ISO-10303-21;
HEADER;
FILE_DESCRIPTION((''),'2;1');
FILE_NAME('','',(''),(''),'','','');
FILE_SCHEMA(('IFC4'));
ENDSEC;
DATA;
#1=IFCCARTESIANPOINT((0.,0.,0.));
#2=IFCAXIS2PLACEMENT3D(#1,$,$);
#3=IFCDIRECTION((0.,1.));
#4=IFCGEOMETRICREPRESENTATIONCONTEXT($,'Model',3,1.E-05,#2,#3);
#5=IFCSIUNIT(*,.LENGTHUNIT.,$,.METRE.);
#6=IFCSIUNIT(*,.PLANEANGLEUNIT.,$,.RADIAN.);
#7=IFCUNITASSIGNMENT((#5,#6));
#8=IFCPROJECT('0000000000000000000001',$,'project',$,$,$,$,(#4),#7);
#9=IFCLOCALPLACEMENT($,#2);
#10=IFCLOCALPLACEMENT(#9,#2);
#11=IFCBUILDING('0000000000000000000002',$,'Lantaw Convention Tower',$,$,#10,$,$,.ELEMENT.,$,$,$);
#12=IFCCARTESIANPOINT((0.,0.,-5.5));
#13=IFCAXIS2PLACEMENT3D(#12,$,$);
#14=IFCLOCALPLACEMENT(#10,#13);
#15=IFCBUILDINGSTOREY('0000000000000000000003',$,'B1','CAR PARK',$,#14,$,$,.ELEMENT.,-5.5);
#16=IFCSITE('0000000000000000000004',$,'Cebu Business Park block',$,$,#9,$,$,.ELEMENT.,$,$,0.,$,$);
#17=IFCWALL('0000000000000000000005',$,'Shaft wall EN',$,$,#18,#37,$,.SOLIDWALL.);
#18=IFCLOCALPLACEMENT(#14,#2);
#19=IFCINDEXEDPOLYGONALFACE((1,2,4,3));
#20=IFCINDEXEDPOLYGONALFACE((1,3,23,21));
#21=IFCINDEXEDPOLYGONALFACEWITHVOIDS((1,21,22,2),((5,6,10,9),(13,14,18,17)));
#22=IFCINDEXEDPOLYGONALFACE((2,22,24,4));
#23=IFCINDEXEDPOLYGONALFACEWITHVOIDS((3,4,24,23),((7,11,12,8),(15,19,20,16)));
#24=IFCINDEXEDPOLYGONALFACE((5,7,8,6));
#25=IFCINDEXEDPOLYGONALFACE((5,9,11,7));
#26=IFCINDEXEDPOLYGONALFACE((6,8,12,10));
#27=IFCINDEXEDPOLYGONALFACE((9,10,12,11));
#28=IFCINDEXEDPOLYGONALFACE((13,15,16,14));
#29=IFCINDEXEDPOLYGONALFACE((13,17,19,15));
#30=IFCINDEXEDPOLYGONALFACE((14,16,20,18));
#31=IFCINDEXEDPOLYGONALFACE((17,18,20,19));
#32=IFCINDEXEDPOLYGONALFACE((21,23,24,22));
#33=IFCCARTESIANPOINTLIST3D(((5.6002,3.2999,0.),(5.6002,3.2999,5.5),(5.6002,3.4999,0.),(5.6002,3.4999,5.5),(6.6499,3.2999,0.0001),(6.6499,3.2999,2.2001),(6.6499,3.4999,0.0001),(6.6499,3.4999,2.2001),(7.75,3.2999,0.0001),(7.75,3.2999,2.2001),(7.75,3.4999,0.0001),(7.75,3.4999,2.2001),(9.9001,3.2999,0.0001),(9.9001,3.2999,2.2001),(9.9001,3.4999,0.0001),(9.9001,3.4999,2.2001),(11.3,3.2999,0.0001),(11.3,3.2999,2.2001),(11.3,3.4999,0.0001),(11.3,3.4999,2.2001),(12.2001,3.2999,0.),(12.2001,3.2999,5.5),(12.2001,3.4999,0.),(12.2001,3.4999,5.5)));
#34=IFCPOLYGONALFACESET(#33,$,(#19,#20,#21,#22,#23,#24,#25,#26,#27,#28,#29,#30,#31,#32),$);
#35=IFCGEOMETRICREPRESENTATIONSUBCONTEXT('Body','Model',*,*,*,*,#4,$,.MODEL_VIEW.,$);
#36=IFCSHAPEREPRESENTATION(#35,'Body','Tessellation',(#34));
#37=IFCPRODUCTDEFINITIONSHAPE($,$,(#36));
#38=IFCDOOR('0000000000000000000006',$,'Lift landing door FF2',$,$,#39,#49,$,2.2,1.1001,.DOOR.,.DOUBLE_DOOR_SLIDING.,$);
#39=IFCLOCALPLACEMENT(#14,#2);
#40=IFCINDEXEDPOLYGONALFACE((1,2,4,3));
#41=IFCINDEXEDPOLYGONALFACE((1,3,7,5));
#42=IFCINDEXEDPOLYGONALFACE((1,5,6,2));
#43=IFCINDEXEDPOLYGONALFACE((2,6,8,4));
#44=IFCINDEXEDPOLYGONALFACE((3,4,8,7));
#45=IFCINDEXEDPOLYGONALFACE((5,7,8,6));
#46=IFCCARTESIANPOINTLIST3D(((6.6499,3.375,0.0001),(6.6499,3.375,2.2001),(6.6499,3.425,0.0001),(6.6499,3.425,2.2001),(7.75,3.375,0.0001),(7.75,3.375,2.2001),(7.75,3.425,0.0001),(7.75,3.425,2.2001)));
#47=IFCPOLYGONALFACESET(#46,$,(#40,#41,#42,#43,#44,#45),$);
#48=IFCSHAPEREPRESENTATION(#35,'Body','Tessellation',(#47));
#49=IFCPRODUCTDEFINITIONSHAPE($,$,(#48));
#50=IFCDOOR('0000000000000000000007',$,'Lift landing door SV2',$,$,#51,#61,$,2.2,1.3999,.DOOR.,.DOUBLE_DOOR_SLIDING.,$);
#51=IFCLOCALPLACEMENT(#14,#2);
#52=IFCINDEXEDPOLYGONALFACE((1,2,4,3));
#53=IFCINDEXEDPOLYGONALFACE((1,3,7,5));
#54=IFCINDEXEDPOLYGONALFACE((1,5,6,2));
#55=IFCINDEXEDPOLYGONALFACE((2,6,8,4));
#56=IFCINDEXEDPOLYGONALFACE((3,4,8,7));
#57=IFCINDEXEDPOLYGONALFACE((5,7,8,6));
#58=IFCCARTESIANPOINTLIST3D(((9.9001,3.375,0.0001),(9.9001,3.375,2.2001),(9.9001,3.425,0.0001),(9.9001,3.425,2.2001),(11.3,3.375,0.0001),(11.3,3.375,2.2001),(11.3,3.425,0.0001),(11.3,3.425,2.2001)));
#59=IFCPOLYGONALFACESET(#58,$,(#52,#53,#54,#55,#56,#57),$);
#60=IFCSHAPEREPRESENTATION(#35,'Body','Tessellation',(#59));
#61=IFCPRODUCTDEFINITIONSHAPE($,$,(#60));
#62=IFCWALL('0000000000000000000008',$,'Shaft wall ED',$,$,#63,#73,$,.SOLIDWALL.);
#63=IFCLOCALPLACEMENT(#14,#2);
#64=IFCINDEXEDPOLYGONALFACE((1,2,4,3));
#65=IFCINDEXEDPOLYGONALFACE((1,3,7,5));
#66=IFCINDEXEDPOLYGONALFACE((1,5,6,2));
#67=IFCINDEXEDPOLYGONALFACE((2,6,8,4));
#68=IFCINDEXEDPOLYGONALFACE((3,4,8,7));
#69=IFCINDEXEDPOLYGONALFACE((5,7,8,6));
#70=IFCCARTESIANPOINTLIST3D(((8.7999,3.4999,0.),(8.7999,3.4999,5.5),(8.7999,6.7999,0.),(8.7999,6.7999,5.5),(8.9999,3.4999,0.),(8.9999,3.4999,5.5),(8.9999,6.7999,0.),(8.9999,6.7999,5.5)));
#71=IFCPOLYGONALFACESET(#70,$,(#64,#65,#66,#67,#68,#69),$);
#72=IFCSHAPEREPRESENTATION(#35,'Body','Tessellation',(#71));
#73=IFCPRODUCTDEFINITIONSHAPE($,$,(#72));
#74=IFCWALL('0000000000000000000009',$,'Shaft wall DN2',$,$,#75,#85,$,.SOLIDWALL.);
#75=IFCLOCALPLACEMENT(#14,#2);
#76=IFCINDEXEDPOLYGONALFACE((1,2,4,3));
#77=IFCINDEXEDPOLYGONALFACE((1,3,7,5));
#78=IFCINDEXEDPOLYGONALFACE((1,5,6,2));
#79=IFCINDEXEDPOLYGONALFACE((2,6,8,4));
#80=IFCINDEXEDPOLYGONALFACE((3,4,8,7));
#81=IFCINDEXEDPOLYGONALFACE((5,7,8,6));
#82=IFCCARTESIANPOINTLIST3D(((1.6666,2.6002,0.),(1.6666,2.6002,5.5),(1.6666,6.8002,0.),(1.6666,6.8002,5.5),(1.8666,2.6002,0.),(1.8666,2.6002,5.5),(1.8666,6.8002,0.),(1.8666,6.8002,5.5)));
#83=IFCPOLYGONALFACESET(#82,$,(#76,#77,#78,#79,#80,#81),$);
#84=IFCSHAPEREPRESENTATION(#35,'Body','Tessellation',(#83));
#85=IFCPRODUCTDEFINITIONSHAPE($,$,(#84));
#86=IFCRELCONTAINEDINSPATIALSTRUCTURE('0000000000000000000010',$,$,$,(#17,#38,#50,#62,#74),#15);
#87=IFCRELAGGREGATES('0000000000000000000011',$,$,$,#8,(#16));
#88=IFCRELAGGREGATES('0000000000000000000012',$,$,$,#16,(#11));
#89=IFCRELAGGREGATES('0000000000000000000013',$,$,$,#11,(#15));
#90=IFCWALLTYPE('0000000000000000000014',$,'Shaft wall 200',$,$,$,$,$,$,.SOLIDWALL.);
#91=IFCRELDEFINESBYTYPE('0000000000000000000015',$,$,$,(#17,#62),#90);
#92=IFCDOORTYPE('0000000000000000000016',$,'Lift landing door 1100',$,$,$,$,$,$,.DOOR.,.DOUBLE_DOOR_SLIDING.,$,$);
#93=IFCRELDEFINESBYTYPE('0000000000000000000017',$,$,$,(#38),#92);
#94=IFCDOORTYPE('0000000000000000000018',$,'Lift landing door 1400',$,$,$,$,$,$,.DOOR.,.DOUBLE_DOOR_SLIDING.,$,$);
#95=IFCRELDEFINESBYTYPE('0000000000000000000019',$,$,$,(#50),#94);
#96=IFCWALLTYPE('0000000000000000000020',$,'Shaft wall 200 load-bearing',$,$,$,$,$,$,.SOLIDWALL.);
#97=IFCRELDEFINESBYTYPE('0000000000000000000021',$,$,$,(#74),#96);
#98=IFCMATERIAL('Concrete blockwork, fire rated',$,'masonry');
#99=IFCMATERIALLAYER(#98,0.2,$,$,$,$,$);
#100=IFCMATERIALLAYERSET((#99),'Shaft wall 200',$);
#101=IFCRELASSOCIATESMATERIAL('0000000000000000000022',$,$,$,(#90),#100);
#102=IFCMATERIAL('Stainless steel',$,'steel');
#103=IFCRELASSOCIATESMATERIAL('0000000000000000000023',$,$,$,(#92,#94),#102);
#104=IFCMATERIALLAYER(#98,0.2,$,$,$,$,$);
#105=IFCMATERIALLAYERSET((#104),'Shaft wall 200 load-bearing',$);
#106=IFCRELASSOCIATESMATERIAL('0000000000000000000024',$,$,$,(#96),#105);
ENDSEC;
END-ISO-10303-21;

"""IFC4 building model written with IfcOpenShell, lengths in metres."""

from ifc_helpers import new_model, si_unit, direction, frame, frame_2d, origin, place, context, subcontext, project, spatial, rectangle, extrude, material, layer, layer_set, type_object, element, fill, save


model = new_model("IFC4")

# Units and contexts
model_context = context("Model", 3, precision=1e-05, world=origin(), true_north=direction((0.0, 1.0)))
body_context = subcontext(model_context, "Body", "Model", "MODEL_VIEW")
ifc_project = project(units=[si_unit("LENGTHUNIT", "METRE"), si_unit("PLANEANGLEUNIT", "RADIAN")], contexts=[model_context])

# Site, building, storey
site_placement = place(None, origin())
site = spatial("IfcSite", under=ifc_project, at=site_placement, Name="Cebu Business Park block", CompositionType="ELEMENT", RefElevation=0.0)
building_placement = place(site_placement, origin())
building = spatial("IfcBuilding", under=site, at=building_placement, Name="Lantaw Convention Tower", CompositionType="ELEMENT")
storey_placement = place(building_placement, frame((0.0, 0.0, -5.5)))
storey = spatial("IfcBuildingStorey", under=building, at=storey_placement, Name="B1", Description="CAR PARK", CompositionType="ELEMENT", Elevation=-5.5)

# Wall, openings, doors
ifc_material_1 = material(Name="Concrete blockwork, fire rated", Category="masonry")
ifc_layer_1 = layer(ifc_material_1, 0.2)
ifc_layer_set_1 = layer_set([ifc_layer_1], Name="Shaft wall 200")
wall_type_1 = type_object("IfcWallType", Name="Shaft wall 200", PredefinedType="SOLIDWALL", material=ifc_layer_set_1)
wall_1_placement = place(storey_placement, frame((12.2, 3.3999, 0.0), z_axis=(0.0, 0.0, 1.0), x_axis=(-1.0, 0.0, 0.0)))
wall_1 = element("IfcWall", 1, at=wall_1_placement, inside=storey, type_object=wall_type_1, Name="Shaft wall EN", PredefinedType="SOLIDWALL", context=body_context, shape_type="SweptSolid", body=[
    extrude(rectangle(XDim=6.5999, YDim=0.2, at=frame_2d((3.2998, 0.0))), origin(), (0.0, 0.0, 1.0), 5.5),
])
opening_1_placement = place(wall_1_placement, frame((4.45, 0.0, 0.0)))
opening_1 = element("IfcOpeningElement", 2, at=opening_1_placement, cuts=wall_1, PredefinedType="OPENING", context=body_context, shape_type="SweptSolid", body=[
    extrude(rectangle(XDim=1.1001, YDim=2.2, at=frame_2d((0.55, 1.1001))), frame((0.0, 0.1099, 0.0), z_axis=(0.0, -1.0, 0.0), x_axis=(1.0, 0.0, 0.0)), (0.0, 0.0, 1.0), 0.22),
])
opening_2_placement = place(wall_1_placement, frame((0.8999, 0.0, 0.0)))
opening_2 = element("IfcOpeningElement", 3, at=opening_2_placement, cuts=wall_1, PredefinedType="OPENING", context=body_context, shape_type="SweptSolid", body=[
    extrude(rectangle(XDim=1.3999, YDim=2.2, at=frame_2d((0.7, 1.1001))), frame((0.0, 0.1099, 0.0), z_axis=(0.0, -1.0, 0.0), x_axis=(1.0, 0.0, 0.0)), (0.0, 0.0, 1.0), 0.22),
])
ifc_material_2 = material(Name="Stainless steel", Category="steel")
door_type_1 = type_object("IfcDoorType", Name="Lift landing door 1100", OperationType="DOUBLE_DOOR_SLIDING", PredefinedType="DOOR", material=ifc_material_2)
door_1_placement = place(opening_1_placement, origin())
door_1 = element("IfcDoor", 4, at=door_1_placement, inside=storey, type_object=door_type_1, Name="Lift landing door FF2", OperationType="DOUBLE_DOOR_SLIDING", OverallHeight=2.2, OverallWidth=1.1001, PredefinedType="DOOR", context=body_context, shape_type="SweptSolid", body=[
    extrude(rectangle(XDim=1.1001, YDim=2.2, at=frame_2d((0.55, 1.1001))), frame((0.0, 0.0249, 0.0), z_axis=(0.0, -1.0, 0.0), x_axis=(1.0, 0.0, 0.0)), (0.0, 0.0, 1.0), 0.05),
])
fill(opening_1, door_1)
door_type_2 = type_object("IfcDoorType", Name="Lift landing door 1400", OperationType="DOUBLE_DOOR_SLIDING", PredefinedType="DOOR", material=ifc_material_2)
door_2_placement = place(opening_2_placement, origin())
door_2 = element("IfcDoor", 5, at=door_2_placement, inside=storey, type_object=door_type_2, Name="Lift landing door SV2", OperationType="DOUBLE_DOOR_SLIDING", OverallHeight=2.2, OverallWidth=1.3999, PredefinedType="DOOR", context=body_context, shape_type="SweptSolid", body=[
    extrude(rectangle(XDim=1.3999, YDim=2.2, at=frame_2d((0.7, 1.1001))), frame((0.0, 0.0249, 0.0), z_axis=(0.0, -1.0, 0.0), x_axis=(1.0, 0.0, 0.0)), (0.0, 0.0, 1.0), 0.05),
])
fill(opening_2, door_2)

# Walls
wall_2_placement = place(storey_placement, frame((8.8999, 3.5, 0.0), z_axis=(0.0, 0.0, 1.0), x_axis=(0.0, 1.0, 0.0)))
element("IfcWall", 6, at=wall_2_placement, inside=storey, type_object=wall_type_1, Name="Shaft wall ED", PredefinedType="SOLIDWALL", context=body_context, shape_type="SweptSolid", body=[
    extrude(rectangle(XDim=3.3, YDim=0.2, at=frame_2d((1.6499, 0.0))), origin(), (0.0, 0.0, 1.0), 5.5),
])
ifc_layer_2 = layer(ifc_material_1, 0.2)
ifc_layer_set_2 = layer_set([ifc_layer_2], Name="Shaft wall 200 load-bearing")
wall_type_2 = type_object("IfcWallType", Name="Shaft wall 200 load-bearing", PredefinedType="SOLIDWALL", material=ifc_layer_set_2)
wall_3_placement = place(storey_placement, frame((1.7666, 2.6001, 0.0), z_axis=(0.0, 0.0, 1.0), x_axis=(0.0, 1.0, 0.0)))
element("IfcWall", 7, at=wall_3_placement, inside=storey, type_object=wall_type_2, Name="Shaft wall DN2", PredefinedType="SOLIDWALL", context=body_context, shape_type="SweptSolid", body=[
    extrude(rectangle(XDim=4.2, YDim=0.2, at=frame_2d((2.1001, 0.0))), origin(), (0.0, 0.0, 1.0), 5.5),
])

save(model, "model.ifc")
